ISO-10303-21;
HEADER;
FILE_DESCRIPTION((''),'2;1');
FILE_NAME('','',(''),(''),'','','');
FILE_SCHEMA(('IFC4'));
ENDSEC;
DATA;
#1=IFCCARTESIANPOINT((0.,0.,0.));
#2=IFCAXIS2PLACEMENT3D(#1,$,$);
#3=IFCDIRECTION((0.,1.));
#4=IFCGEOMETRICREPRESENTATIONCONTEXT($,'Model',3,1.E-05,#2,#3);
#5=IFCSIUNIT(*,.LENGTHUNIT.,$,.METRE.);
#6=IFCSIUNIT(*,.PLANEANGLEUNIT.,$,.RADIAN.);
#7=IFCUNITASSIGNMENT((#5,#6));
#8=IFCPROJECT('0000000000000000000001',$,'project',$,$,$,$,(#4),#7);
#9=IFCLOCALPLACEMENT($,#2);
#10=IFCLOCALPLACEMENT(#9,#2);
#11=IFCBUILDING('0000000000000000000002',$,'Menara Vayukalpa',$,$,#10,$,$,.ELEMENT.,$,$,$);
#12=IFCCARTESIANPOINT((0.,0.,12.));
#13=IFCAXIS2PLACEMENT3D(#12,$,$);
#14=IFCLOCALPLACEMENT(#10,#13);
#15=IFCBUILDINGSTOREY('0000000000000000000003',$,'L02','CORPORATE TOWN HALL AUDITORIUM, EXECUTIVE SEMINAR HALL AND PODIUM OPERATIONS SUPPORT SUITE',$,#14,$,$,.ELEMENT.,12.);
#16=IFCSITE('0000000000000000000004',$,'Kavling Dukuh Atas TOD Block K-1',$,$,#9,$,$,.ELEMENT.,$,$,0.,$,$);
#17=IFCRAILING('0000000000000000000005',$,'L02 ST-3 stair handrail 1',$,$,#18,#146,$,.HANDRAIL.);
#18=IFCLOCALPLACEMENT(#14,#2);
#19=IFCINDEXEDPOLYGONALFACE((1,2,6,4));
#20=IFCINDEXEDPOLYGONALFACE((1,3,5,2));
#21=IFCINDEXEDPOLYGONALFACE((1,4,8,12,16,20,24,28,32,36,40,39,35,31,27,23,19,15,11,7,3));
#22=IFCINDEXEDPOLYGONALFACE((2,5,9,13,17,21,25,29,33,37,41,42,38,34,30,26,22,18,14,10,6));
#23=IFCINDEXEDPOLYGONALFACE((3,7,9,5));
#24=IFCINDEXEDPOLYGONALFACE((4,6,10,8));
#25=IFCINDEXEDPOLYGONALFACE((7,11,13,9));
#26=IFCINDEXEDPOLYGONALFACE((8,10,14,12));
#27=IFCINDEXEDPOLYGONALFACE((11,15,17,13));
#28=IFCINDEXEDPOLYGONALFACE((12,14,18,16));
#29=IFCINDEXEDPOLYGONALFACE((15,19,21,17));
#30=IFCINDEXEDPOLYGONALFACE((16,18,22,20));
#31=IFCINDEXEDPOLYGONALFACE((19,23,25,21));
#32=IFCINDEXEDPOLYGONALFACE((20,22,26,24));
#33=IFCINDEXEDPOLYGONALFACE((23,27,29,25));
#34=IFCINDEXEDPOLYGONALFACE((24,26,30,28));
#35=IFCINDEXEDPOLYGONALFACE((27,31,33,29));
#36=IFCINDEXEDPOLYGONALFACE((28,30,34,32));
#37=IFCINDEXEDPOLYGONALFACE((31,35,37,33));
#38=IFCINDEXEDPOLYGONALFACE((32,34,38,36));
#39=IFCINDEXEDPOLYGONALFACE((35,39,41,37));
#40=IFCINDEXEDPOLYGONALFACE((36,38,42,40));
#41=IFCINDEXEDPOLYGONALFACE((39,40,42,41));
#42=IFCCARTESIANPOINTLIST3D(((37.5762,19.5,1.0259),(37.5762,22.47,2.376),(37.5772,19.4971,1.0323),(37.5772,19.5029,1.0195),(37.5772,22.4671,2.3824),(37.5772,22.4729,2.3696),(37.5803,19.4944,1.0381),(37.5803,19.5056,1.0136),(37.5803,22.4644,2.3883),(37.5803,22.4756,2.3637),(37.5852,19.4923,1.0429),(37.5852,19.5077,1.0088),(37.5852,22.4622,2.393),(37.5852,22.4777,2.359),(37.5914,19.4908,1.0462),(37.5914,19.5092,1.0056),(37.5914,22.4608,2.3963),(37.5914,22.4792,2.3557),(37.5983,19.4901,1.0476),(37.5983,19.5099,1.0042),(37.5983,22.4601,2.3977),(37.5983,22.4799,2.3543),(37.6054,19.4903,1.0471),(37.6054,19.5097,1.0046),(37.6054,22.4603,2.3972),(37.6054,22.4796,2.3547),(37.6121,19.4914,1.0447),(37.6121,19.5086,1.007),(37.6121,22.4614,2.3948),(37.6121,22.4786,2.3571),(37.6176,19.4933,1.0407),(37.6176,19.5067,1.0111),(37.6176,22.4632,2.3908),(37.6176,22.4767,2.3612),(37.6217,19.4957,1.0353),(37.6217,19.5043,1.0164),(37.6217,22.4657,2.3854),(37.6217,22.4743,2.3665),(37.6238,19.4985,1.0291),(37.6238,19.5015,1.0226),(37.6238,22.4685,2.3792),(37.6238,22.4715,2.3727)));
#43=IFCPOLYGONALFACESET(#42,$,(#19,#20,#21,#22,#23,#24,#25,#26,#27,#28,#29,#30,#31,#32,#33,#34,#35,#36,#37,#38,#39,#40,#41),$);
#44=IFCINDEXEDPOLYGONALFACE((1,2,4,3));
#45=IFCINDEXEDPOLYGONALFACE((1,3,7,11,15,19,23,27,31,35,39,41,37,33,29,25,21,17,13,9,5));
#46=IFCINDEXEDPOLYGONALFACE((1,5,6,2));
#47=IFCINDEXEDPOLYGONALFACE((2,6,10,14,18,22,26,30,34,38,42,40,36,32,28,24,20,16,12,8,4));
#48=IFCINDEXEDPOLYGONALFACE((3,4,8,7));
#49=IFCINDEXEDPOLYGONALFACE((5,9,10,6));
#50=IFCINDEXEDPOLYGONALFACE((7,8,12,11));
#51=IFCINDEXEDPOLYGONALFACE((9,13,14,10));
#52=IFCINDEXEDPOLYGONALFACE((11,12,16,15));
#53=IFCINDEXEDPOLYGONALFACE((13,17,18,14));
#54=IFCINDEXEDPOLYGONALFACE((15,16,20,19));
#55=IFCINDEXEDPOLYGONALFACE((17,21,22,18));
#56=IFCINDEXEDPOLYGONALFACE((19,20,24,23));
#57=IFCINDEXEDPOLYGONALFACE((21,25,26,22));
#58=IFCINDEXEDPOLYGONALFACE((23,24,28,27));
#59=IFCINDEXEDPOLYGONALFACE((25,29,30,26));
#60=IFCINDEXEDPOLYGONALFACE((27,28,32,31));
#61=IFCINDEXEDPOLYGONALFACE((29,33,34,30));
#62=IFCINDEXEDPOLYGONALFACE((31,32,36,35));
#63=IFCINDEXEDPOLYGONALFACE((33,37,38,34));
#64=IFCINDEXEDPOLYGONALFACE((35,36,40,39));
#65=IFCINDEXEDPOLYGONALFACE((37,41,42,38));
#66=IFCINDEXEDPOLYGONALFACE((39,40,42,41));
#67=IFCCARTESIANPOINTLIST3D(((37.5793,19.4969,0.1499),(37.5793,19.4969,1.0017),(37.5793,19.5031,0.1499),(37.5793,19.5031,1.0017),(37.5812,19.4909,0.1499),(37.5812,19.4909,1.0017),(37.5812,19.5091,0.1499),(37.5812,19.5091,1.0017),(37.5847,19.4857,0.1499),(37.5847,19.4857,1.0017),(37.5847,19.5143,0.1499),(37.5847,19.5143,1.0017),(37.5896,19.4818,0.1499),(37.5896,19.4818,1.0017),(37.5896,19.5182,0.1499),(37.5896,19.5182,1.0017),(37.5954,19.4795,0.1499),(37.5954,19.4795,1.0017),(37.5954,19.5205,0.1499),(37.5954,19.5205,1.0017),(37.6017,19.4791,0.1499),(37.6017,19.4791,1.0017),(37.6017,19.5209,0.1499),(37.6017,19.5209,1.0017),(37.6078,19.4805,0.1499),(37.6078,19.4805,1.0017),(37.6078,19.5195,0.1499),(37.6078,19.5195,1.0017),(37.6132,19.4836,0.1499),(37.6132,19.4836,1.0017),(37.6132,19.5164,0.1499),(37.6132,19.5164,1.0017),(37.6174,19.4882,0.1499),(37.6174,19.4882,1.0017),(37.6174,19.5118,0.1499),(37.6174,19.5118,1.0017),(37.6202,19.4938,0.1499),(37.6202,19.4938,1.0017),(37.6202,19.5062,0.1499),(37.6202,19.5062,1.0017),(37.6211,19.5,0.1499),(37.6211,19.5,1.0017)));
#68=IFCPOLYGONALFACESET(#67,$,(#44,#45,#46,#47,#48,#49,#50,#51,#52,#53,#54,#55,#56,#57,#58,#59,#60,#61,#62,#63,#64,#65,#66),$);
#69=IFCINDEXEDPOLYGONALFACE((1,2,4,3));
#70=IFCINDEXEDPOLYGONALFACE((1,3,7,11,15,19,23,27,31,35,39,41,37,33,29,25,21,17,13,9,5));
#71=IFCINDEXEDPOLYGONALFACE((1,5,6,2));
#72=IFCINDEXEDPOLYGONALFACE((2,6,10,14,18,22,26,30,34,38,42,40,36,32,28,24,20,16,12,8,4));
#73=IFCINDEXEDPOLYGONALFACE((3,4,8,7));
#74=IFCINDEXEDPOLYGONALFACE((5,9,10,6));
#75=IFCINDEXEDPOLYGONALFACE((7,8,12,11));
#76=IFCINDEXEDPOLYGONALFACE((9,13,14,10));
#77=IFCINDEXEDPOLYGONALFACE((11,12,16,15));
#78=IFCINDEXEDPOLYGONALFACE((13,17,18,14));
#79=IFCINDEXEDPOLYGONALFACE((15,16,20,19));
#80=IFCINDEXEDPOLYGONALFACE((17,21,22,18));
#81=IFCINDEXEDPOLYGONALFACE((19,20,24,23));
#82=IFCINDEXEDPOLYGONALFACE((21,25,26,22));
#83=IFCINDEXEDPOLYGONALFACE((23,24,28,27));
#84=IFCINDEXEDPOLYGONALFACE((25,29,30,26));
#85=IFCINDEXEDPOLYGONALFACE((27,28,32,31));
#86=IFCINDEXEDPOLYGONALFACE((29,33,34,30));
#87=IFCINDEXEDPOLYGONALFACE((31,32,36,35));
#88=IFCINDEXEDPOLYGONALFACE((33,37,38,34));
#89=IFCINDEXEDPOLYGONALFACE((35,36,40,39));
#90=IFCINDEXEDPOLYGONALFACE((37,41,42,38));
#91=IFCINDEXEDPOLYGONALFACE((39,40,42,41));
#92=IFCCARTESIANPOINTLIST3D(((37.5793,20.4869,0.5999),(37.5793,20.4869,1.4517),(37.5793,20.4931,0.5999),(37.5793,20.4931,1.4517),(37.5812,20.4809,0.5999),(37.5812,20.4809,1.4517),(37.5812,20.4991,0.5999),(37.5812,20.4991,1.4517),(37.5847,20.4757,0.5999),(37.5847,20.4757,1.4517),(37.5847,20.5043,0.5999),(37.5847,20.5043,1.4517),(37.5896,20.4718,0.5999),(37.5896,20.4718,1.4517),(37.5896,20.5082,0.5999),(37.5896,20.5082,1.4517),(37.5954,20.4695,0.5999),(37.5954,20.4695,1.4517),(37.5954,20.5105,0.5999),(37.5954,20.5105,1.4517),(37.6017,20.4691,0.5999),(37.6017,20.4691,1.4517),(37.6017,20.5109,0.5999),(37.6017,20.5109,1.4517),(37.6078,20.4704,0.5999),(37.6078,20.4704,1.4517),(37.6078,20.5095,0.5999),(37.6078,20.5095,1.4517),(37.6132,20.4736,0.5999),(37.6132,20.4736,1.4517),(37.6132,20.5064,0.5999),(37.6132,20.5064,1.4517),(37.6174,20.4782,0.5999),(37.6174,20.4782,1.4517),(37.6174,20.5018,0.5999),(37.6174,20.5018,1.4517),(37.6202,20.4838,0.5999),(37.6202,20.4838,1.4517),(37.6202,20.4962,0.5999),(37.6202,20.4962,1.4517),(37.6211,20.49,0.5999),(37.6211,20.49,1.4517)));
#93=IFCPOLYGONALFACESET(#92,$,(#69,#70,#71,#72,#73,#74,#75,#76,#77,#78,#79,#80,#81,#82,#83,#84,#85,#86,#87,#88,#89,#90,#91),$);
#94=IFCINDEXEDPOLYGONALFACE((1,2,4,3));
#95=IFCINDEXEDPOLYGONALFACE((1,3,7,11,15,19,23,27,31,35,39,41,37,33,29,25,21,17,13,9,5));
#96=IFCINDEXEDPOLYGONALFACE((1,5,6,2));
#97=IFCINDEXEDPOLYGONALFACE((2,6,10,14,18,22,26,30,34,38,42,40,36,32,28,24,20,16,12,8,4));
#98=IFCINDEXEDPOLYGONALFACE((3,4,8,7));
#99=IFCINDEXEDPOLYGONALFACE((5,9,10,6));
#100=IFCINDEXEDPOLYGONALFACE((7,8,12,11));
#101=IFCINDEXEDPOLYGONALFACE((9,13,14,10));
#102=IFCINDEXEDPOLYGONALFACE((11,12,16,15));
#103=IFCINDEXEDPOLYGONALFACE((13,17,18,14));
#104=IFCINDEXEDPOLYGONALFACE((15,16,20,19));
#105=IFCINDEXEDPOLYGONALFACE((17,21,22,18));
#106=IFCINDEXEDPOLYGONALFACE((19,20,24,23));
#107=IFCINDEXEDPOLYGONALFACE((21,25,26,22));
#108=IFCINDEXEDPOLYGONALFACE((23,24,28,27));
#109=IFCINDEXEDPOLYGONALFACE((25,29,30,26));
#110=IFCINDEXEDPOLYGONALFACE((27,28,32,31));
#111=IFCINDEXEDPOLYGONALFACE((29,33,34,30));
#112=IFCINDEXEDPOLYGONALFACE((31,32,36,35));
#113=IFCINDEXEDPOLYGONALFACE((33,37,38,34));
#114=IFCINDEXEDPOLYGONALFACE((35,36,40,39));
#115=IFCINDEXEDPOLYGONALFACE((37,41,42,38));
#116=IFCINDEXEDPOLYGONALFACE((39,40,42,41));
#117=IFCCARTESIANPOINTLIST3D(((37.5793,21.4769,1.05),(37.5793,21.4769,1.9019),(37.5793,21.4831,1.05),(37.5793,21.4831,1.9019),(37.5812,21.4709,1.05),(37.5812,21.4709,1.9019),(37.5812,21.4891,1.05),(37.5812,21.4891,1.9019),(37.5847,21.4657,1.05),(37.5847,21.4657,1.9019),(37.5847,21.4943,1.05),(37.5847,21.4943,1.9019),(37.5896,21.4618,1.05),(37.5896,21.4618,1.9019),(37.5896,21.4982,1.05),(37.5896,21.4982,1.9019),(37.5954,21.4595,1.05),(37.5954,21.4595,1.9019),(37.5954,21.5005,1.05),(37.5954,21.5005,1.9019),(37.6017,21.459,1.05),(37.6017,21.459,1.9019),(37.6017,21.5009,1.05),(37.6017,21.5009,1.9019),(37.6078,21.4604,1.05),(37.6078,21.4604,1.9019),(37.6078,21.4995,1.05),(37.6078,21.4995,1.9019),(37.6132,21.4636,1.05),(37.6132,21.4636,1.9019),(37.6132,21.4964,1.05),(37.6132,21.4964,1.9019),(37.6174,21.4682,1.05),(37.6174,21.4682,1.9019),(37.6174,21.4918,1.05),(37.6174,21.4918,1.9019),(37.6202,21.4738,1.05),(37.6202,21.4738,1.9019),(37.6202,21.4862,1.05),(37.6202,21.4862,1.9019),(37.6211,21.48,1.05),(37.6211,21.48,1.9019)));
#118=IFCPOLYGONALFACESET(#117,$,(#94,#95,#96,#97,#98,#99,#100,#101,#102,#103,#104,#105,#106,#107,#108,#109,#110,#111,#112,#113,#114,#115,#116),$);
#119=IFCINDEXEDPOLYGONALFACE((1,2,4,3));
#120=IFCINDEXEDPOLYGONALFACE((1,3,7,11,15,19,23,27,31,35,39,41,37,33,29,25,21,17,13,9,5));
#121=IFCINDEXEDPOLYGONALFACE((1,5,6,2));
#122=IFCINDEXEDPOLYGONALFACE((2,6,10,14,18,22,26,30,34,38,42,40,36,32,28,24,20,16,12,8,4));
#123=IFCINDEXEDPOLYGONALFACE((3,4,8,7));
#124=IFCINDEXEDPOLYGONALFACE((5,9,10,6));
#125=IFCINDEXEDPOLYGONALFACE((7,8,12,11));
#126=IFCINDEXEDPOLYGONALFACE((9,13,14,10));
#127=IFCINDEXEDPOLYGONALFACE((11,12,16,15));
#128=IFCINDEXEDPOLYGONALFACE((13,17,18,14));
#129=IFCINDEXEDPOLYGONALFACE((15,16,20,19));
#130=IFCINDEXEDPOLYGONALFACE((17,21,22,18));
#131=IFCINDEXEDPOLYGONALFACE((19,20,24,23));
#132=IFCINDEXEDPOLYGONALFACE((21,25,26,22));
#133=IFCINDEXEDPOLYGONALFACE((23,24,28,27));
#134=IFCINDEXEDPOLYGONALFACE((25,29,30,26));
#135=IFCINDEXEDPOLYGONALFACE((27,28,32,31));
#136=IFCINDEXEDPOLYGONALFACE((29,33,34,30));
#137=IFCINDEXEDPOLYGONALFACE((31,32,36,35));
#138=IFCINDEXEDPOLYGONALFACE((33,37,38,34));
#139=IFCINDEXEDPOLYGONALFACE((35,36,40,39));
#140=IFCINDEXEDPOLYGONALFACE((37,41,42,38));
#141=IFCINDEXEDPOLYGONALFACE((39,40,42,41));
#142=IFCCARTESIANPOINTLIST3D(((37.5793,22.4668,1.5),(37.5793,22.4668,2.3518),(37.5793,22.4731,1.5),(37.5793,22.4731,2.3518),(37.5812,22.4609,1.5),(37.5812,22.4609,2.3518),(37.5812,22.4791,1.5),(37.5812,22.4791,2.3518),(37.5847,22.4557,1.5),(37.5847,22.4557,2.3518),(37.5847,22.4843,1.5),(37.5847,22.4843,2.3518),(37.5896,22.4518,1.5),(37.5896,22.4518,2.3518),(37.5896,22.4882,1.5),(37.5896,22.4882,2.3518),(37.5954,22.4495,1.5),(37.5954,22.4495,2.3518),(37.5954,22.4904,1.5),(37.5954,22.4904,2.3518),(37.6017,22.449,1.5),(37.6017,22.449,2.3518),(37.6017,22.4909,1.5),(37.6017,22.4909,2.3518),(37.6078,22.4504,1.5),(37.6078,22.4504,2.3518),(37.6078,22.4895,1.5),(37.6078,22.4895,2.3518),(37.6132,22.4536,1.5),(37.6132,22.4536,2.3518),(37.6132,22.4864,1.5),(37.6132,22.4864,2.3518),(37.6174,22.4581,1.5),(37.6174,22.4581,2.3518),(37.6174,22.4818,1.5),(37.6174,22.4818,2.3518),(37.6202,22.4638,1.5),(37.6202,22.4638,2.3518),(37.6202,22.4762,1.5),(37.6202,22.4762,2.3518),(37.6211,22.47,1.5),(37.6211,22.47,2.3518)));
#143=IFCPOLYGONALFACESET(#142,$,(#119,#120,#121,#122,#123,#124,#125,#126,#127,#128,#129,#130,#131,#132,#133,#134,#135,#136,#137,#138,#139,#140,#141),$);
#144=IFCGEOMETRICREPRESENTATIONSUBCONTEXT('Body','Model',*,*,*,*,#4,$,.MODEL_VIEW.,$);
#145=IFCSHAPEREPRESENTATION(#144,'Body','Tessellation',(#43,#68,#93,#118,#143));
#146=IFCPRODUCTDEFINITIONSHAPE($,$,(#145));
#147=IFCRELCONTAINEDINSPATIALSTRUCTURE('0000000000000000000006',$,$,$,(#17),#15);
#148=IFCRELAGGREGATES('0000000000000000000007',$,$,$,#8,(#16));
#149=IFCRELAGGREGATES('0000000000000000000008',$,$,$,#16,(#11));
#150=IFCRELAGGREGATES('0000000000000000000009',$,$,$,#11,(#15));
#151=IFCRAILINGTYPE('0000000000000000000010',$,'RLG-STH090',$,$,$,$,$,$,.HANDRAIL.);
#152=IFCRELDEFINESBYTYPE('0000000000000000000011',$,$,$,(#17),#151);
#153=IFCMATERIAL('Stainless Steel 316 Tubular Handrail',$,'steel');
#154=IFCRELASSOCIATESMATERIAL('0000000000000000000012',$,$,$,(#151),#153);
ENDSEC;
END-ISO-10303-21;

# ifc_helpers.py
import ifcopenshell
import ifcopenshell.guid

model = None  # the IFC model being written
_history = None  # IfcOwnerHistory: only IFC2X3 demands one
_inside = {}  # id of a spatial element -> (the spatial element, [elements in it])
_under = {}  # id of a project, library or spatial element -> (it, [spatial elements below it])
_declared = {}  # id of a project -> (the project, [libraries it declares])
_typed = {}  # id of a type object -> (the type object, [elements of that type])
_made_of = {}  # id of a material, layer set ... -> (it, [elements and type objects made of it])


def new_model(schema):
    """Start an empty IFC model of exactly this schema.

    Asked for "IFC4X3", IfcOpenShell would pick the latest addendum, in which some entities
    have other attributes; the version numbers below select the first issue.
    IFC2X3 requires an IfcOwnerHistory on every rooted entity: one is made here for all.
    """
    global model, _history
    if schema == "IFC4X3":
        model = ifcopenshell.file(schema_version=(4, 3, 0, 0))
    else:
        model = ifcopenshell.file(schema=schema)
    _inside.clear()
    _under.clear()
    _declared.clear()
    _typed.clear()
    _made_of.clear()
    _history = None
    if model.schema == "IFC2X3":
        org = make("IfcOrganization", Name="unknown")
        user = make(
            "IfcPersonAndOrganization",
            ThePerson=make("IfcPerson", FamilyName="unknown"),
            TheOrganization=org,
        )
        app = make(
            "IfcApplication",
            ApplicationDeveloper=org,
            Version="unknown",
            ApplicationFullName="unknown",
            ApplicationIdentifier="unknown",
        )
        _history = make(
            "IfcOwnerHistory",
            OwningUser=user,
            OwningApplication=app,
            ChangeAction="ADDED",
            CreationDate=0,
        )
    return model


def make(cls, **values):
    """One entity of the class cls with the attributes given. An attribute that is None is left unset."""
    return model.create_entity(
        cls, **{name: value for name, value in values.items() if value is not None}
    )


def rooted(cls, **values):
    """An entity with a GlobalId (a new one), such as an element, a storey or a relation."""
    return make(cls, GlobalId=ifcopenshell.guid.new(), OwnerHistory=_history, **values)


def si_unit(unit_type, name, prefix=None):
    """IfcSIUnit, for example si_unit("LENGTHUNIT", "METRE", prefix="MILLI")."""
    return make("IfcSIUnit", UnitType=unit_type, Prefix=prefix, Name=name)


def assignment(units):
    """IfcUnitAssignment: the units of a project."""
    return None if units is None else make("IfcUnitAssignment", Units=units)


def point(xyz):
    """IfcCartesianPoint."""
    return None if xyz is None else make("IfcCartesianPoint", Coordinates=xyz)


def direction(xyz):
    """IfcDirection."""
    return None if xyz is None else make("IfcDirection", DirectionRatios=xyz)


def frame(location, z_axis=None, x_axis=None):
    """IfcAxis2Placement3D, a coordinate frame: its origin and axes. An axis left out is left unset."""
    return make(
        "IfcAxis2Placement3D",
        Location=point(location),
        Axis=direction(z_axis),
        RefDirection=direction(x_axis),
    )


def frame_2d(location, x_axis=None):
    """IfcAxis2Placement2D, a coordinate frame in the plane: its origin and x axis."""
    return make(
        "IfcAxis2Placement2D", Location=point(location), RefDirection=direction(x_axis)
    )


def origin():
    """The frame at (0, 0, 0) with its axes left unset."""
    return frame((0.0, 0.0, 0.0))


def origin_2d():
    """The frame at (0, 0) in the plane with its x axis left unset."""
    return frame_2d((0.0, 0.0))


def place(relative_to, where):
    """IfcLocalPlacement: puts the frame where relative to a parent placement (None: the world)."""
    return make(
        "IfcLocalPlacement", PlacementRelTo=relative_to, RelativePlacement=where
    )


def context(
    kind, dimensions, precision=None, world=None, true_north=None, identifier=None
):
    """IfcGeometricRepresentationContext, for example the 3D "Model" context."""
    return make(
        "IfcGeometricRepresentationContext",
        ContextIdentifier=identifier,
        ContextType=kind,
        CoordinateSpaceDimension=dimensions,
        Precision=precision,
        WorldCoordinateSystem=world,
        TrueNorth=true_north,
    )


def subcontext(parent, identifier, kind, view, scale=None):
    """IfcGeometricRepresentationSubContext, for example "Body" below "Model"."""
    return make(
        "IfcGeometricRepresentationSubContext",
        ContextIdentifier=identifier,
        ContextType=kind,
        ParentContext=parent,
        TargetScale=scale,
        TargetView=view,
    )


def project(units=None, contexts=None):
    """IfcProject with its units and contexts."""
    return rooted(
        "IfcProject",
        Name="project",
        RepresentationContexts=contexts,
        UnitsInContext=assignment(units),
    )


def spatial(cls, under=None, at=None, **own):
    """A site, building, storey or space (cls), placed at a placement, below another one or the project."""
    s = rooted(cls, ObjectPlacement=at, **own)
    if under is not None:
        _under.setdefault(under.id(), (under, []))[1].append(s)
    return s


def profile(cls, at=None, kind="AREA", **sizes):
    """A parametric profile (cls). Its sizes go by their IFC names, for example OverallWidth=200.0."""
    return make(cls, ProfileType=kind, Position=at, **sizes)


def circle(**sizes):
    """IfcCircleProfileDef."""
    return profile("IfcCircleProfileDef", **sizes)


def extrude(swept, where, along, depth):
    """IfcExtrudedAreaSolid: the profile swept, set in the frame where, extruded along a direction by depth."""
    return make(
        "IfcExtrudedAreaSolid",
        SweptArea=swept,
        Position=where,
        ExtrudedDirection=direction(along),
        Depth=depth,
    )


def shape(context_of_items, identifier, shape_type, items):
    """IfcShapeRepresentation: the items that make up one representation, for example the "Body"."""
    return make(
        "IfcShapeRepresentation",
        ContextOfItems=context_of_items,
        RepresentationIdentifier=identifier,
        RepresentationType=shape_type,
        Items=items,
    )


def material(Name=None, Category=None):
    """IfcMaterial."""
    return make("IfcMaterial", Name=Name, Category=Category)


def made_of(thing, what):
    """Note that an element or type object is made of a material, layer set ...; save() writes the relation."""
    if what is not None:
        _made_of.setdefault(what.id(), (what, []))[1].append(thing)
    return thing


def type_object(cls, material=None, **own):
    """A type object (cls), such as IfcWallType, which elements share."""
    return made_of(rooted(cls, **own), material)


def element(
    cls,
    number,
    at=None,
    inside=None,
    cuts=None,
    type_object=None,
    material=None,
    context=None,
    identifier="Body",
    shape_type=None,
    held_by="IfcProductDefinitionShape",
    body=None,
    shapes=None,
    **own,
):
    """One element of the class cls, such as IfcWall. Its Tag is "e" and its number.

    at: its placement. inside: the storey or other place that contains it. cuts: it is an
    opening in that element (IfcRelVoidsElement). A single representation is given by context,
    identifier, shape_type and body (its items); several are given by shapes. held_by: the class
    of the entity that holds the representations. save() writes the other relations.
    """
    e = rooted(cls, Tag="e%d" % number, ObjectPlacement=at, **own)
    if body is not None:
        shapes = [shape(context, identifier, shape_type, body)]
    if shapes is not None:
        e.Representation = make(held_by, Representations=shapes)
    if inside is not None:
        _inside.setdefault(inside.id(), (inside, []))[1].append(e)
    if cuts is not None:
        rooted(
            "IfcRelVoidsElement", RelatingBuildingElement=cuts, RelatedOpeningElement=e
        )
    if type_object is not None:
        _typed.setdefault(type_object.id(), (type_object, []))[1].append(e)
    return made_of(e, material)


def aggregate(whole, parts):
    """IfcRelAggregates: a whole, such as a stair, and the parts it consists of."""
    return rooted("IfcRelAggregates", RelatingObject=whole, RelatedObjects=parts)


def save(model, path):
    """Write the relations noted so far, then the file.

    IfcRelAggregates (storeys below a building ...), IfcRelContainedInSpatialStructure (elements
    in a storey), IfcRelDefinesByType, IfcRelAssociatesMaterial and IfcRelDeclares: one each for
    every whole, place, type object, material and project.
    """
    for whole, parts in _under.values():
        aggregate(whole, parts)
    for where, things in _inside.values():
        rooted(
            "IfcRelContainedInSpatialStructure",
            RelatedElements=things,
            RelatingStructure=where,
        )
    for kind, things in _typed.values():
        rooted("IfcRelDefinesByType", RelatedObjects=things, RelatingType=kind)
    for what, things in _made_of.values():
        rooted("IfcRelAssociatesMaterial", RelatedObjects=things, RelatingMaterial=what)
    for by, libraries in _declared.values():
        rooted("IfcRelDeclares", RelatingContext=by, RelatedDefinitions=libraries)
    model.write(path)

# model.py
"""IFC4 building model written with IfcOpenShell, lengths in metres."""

from ifc_helpers import new_model, si_unit, direction, frame, origin, origin_2d, place, context, subcontext, project, spatial, circle, extrude, material, type_object, element, save


model = new_model("IFC4")

# Units and contexts
model_context = context("Model", 3, precision=1e-05, world=origin(), true_north=direction((0.0, 1.0)))
body_context = subcontext(model_context, "Body", "Model", "MODEL_VIEW")
ifc_project = project(units=[si_unit("LENGTHUNIT", "METRE"), si_unit("PLANEANGLEUNIT", "RADIAN")], contexts=[model_context])

# Site, building, storey
site_placement = place(None, origin())
site = spatial("IfcSite", under=ifc_project, at=site_placement, Name="Kavling Dukuh Atas TOD Block K-1", CompositionType="ELEMENT", RefElevation=0.0)
building_placement = place(site_placement, origin())
building = spatial("IfcBuilding", under=site, at=building_placement, Name="Menara Vayukalpa", CompositionType="ELEMENT")
storey_placement = place(building_placement, frame((0.0, 0.0, 12.0)))
storey = spatial("IfcBuildingStorey", under=building, at=storey_placement, Name="L02", Description="CORPORATE TOWN HALL AUDITORIUM, EXECUTIVE SEMINAR HALL AND PODIUM OPERATIONS SUPPORT SUITE", CompositionType="ELEMENT", Elevation=12.0)

# Railing
ifc_material_1 = material(Name="Stainless Steel 316 Tubular Handrail", Category="steel")
railing_type_1 = type_object("IfcRailingType", Name="RLG-STH090", PredefinedType="HANDRAIL", material=ifc_material_1)
for number, where, name in (
    (1, (37.6001, 19.5, 0.1499), "L02 ST-3 stair handrail 1"),
):
    element("IfcRailing", number, at=place(storey_placement, frame(where)), inside=storey, type_object=railing_type_1, Name=name, PredefinedType="HANDRAIL", context=body_context, shape_type="SweptSolid", body=[
        extrude(circle(Radius=0.0239, at=origin_2d()), frame((0.0, 0.0, 0.876), z_axis=(0.0, 0.910354, 0.413831), x_axis=(-1.0, 0.0, 0.0)), (0.0, 0.0, 1.0), 3.2625),
        extrude(circle(Radius=0.021, at=origin_2d()), origin(), (0.0, 0.0, 1.0), 0.8518),
        extrude(circle(Radius=0.021, at=origin_2d()), frame((0.0, 0.99, 0.45)), (0.0, 0.0, 1.0), 0.8518),
        extrude(circle(Radius=0.021, at=origin_2d()), frame((0.0, 1.98, 0.9001)), (0.0, 0.0, 1.0), 0.8518),
        extrude(circle(Radius=0.021, at=origin_2d()), frame((0.0, 2.97, 1.3501)), (0.0, 0.0, 1.0), 0.8518),
    ])

save(model, "model.ifc")
